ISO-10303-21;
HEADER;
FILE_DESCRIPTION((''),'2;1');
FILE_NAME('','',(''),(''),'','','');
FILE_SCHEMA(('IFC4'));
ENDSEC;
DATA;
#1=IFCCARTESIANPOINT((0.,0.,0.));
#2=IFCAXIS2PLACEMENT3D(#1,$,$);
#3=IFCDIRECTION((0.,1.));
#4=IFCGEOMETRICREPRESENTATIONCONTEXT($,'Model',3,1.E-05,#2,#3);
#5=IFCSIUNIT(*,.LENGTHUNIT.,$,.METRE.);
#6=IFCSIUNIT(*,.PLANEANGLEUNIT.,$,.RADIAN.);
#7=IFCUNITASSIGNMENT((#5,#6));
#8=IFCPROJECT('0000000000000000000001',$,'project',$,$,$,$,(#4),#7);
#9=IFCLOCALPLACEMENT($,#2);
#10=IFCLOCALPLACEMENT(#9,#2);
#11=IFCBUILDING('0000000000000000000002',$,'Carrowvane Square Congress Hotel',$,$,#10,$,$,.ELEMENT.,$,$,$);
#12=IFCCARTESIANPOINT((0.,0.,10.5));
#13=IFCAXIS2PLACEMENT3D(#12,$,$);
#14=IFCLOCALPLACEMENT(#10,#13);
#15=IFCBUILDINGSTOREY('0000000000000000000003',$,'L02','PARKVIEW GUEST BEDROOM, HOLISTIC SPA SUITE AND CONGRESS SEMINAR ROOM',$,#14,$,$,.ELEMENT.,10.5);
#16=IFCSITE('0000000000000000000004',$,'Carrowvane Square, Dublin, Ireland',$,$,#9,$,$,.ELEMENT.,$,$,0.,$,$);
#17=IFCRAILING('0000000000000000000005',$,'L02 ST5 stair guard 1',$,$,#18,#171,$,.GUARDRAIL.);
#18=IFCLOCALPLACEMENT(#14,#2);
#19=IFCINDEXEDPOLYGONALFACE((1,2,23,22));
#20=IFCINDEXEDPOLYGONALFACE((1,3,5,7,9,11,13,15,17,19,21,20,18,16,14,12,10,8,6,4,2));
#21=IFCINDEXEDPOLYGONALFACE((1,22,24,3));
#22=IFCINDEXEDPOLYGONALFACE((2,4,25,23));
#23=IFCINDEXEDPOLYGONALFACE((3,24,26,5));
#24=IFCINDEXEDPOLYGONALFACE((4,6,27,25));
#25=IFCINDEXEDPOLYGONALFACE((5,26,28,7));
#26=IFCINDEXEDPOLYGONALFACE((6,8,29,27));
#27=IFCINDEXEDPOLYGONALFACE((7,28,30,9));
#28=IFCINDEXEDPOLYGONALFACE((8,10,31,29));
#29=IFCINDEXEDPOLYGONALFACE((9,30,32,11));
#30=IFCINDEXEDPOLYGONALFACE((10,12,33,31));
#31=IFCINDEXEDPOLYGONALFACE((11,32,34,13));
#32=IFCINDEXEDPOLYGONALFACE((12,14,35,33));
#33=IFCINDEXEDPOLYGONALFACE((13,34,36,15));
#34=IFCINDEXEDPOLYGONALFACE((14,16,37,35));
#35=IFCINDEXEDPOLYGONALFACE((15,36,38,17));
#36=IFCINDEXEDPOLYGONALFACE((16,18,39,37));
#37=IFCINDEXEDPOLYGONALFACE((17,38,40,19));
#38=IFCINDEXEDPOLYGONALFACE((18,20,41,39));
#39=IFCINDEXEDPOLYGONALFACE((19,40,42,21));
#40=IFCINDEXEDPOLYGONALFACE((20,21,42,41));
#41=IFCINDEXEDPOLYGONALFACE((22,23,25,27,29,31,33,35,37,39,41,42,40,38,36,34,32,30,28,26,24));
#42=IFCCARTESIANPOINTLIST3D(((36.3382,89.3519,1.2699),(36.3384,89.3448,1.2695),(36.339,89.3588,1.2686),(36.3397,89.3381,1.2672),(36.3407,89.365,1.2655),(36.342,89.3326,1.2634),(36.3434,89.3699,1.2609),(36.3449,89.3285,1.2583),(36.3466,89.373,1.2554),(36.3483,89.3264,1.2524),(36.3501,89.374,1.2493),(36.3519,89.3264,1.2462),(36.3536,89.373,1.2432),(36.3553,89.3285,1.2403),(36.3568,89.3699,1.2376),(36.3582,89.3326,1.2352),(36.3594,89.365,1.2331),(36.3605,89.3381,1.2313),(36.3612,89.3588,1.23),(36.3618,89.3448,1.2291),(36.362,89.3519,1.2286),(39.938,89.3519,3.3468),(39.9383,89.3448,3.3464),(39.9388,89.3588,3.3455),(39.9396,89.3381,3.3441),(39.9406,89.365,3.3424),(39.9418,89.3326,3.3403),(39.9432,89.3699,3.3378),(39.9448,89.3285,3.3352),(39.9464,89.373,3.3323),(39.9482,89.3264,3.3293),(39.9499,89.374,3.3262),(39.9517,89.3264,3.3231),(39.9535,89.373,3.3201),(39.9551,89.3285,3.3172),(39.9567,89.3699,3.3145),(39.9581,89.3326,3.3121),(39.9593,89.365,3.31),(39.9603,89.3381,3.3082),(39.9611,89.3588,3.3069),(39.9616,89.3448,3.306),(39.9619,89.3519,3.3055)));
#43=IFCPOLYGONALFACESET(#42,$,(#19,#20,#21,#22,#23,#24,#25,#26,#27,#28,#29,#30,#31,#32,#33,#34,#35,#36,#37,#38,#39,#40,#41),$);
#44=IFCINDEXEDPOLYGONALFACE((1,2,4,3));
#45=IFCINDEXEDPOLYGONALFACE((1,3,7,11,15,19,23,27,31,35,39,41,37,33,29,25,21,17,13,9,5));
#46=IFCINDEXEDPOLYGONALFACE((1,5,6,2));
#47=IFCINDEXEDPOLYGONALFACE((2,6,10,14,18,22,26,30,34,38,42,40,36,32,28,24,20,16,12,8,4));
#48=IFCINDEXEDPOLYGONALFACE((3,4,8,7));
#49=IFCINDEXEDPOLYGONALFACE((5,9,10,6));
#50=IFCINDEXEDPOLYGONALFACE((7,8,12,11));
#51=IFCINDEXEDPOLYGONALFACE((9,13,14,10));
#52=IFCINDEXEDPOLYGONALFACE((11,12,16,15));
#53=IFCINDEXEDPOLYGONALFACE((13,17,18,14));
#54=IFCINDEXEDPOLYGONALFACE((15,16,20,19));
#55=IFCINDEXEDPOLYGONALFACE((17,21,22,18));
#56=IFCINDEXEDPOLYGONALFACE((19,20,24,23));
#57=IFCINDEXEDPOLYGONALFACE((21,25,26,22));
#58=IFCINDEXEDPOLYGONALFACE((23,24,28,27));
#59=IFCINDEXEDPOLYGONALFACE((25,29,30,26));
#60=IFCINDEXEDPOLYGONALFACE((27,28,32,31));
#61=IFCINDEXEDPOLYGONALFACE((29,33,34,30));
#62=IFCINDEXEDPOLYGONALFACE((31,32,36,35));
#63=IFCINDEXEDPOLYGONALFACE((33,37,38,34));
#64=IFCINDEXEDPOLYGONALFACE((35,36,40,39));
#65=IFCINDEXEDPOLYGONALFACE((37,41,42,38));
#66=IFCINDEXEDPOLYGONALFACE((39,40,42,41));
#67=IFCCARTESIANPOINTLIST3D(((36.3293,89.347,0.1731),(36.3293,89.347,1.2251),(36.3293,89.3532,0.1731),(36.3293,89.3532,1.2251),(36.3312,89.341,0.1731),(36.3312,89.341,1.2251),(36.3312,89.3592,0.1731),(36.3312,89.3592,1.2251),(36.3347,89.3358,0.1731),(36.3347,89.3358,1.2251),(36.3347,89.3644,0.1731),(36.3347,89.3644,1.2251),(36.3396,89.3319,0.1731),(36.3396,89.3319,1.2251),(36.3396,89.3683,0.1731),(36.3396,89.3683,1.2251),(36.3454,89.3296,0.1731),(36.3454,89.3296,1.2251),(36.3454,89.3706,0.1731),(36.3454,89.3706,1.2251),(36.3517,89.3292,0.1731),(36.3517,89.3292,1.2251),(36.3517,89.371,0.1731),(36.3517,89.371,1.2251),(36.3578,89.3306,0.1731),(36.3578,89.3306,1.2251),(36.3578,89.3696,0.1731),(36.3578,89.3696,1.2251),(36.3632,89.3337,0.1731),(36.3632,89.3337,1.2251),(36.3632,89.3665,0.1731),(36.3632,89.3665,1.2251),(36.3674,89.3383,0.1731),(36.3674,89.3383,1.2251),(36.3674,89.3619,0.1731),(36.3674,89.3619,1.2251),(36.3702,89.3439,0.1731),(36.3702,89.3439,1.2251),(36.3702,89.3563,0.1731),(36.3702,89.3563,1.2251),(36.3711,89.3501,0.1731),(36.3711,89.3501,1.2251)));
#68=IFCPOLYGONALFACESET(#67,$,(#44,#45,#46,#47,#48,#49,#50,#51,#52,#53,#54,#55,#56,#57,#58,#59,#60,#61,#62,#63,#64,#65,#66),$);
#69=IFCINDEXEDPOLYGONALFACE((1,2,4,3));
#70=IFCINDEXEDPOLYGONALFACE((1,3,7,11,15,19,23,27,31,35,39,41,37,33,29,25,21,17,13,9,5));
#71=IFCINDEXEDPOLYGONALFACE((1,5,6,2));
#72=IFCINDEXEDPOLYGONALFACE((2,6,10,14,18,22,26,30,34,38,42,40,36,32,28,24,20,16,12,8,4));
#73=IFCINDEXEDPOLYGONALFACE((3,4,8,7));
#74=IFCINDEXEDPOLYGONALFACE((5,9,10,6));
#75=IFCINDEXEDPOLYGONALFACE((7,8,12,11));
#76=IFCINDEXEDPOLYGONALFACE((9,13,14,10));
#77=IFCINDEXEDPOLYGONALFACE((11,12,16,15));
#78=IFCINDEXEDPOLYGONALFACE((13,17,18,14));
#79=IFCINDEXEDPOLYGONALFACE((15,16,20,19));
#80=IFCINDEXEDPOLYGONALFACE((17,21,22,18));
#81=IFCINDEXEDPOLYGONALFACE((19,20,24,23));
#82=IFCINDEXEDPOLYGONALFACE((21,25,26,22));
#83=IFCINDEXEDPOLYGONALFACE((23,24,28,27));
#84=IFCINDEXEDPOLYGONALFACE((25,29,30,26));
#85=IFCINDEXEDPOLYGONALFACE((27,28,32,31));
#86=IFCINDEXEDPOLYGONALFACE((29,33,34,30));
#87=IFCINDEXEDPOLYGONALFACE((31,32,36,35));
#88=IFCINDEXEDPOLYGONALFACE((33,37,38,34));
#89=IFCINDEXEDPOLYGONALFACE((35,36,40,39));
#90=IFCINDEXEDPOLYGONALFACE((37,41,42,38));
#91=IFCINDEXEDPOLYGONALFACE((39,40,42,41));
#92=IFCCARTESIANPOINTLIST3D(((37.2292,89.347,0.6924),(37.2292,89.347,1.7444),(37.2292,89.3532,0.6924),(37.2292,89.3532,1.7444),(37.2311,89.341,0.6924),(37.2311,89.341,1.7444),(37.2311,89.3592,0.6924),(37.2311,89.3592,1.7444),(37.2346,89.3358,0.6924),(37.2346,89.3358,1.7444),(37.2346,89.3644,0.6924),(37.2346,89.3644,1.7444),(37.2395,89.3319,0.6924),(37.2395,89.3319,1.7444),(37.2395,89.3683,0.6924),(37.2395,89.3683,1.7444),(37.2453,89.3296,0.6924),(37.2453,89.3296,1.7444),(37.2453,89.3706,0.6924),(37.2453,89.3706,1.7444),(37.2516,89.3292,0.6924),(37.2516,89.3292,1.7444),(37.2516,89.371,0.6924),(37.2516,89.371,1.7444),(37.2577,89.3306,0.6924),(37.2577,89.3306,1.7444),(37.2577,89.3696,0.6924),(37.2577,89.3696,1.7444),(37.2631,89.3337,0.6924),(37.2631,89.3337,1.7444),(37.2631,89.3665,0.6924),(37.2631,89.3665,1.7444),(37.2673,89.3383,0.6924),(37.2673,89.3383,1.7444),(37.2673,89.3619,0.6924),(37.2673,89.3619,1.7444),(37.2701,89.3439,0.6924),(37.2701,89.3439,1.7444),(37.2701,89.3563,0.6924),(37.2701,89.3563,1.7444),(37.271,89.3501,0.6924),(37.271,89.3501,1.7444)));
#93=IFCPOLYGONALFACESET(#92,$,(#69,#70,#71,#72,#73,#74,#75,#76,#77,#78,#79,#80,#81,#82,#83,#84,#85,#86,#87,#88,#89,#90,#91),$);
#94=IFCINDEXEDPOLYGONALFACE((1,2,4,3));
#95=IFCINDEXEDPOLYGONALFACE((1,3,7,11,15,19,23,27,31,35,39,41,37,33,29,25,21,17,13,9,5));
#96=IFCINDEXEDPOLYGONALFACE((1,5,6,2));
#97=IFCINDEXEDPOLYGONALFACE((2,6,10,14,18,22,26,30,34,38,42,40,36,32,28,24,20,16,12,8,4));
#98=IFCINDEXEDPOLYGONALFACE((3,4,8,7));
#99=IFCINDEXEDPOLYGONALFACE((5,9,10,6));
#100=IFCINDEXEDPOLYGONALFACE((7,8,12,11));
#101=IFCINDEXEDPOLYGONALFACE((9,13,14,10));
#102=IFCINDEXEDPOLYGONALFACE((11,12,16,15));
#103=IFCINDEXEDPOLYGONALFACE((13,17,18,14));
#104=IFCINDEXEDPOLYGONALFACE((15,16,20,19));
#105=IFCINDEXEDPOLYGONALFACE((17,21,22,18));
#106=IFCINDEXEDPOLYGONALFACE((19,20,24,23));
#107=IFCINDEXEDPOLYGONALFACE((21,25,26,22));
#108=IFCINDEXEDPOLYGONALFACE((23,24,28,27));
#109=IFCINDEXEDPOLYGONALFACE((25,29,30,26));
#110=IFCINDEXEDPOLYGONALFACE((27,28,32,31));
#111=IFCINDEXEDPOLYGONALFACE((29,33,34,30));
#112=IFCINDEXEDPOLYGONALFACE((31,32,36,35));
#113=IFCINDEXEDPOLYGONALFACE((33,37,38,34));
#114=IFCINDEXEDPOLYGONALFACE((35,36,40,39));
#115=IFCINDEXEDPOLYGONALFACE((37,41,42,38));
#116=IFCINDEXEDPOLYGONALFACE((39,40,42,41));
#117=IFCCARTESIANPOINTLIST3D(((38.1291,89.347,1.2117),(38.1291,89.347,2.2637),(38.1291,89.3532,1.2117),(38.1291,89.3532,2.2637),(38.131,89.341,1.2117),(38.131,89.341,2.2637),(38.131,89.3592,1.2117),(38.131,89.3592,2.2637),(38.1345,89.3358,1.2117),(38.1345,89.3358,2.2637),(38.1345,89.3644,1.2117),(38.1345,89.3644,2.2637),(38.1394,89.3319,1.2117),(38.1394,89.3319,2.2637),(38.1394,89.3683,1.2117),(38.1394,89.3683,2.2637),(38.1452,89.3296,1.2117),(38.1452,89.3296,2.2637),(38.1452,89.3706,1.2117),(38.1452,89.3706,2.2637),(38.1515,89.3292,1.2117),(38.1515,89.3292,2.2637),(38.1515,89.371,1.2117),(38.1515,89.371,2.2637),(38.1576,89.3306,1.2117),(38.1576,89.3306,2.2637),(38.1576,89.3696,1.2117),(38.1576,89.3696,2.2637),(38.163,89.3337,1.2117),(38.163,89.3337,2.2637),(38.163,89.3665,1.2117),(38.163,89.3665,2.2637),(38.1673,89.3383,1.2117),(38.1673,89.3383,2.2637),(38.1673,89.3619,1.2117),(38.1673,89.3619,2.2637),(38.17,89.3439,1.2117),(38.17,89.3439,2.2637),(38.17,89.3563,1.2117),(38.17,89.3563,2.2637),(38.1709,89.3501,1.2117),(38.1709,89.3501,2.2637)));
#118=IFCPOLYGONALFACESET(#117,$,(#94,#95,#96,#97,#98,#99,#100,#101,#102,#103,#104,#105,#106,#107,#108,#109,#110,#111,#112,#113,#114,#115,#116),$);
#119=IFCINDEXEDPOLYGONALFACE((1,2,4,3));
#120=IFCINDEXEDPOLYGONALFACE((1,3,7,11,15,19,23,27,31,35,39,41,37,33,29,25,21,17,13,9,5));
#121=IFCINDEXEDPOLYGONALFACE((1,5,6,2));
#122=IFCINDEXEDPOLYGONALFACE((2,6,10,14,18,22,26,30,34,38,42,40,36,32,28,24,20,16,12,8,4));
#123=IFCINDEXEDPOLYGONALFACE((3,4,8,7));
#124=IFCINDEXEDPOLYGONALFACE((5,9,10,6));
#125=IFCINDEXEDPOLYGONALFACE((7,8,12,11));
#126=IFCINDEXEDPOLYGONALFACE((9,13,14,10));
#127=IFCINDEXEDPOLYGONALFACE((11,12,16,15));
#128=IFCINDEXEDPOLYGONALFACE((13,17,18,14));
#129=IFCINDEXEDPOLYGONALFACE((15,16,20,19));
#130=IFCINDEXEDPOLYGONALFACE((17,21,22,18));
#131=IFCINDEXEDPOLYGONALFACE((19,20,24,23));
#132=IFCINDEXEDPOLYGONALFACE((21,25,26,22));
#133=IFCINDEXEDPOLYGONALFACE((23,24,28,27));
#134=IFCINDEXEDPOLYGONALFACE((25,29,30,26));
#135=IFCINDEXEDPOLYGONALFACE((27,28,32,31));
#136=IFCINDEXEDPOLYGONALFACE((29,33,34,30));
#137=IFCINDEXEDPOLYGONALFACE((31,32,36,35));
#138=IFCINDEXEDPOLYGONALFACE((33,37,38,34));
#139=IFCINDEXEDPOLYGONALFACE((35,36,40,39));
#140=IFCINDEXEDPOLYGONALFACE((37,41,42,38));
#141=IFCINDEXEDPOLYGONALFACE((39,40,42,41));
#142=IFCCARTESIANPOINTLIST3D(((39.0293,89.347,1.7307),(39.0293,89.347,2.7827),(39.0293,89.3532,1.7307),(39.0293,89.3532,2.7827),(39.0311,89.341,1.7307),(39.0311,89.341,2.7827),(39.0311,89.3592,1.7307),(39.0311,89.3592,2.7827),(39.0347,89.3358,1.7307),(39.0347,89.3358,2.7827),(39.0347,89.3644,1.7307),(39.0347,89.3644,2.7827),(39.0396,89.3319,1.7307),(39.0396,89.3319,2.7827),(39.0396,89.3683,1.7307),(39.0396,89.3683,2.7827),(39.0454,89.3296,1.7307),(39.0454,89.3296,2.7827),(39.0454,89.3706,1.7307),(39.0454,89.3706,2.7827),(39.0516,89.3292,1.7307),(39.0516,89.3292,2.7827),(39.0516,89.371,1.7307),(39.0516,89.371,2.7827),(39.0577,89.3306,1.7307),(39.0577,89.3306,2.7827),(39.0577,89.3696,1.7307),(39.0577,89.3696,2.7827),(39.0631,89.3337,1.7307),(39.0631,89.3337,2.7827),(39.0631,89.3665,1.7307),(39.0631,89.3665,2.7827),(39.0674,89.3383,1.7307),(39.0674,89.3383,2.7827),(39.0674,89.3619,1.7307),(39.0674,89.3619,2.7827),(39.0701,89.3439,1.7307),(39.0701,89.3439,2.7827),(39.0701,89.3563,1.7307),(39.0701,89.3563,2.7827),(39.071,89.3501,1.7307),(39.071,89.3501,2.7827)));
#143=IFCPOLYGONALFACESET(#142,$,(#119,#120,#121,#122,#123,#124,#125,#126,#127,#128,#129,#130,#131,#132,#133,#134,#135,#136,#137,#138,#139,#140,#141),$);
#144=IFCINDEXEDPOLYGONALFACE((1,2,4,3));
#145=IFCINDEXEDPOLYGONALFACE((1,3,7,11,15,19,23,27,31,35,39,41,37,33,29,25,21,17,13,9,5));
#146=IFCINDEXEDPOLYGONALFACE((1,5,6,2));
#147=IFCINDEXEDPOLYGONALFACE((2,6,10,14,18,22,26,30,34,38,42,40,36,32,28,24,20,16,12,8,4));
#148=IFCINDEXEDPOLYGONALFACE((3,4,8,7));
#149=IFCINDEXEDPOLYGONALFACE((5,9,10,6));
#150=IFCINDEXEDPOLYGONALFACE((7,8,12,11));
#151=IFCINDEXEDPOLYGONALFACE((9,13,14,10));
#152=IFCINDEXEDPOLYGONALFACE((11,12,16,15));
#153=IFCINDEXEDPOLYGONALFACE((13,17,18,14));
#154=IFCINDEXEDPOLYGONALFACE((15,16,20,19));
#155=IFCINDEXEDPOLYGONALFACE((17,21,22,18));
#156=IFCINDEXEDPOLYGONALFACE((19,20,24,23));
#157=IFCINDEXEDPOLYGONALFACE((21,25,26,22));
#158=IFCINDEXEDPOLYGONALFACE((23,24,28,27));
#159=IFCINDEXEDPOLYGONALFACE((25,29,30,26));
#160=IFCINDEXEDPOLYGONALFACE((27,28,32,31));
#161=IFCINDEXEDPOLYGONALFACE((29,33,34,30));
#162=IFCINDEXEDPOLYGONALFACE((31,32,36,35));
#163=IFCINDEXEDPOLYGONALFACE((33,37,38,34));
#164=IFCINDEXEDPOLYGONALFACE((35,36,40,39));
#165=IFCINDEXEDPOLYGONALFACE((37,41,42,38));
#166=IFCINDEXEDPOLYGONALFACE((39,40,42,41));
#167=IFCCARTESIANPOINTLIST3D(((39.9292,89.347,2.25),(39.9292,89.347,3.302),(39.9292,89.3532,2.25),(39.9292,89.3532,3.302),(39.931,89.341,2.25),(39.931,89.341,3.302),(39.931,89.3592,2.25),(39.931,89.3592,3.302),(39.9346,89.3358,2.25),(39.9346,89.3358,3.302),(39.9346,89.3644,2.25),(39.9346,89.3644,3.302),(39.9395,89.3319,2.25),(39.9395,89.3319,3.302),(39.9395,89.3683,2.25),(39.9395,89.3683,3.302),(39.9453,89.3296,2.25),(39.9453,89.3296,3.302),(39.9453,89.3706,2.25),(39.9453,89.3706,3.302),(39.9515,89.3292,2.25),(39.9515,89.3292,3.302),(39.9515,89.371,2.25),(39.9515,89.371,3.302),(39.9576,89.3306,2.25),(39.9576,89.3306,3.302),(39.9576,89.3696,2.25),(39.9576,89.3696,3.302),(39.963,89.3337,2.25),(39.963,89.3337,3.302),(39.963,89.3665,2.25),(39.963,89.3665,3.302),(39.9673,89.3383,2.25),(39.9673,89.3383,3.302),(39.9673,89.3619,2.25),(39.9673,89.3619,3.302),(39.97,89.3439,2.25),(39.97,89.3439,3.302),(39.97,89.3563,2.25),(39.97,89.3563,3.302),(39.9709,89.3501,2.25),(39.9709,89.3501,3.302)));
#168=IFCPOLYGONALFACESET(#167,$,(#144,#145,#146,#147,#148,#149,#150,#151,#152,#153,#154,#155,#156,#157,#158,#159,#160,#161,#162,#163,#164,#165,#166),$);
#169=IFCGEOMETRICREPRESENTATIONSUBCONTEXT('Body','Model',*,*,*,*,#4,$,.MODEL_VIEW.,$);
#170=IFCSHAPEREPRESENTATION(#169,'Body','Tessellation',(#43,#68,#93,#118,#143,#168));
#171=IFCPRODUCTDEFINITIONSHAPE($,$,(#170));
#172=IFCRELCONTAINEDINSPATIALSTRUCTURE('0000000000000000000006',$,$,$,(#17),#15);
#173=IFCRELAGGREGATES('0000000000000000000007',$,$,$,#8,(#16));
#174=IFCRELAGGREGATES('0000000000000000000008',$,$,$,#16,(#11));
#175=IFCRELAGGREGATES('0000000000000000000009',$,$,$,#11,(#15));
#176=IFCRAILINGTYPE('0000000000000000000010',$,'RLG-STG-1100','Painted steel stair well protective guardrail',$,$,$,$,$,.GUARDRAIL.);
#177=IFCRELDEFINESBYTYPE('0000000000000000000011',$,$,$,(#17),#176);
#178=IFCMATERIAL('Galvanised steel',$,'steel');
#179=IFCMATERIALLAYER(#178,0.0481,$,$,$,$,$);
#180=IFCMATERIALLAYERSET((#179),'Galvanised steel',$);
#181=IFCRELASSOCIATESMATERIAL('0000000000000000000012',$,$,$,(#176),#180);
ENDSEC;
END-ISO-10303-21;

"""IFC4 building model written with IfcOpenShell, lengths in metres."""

from ifc_helpers import new_model, si_unit, direction, frame, origin, origin_2d, place, context, subcontext, project, spatial, circle, extrude, material, layer, layer_set, type_object, element, save


model = new_model("IFC4")

# Units and contexts
model_context = context("Model", 3, precision=1e-05, world=origin(), true_north=direction((0.0, 1.0)))
body_context = subcontext(model_context, "Body", "Model", "MODEL_VIEW")
ifc_project = project(units=[si_unit("LENGTHUNIT", "METRE"), si_unit("PLANEANGLEUNIT", "RADIAN")], contexts=[model_context])

# Site, building, storey
site_placement = place(None, origin())
site = spatial("IfcSite", under=ifc_project, at=site_placement, Name="Carrowvane Square, Dublin, Ireland", CompositionType="ELEMENT", RefElevation=0.0)
building_placement = place(site_placement, origin())
building = spatial("IfcBuilding", under=site, at=building_placement, Name="Carrowvane Square Congress Hotel", CompositionType="ELEMENT")
storey_placement = place(building_placement, frame((0.0, 0.0, 10.5)))
storey = spatial("IfcBuildingStorey", under=building, at=storey_placement, Name="L02", Description="PARKVIEW GUEST BEDROOM, HOLISTIC SPA SUITE AND CONGRESS SEMINAR ROOM", CompositionType="ELEMENT", Elevation=10.5)

# Railing
ifc_material_1 = material(Name="Galvanised steel", Category="steel")
ifc_layer_1 = layer(ifc_material_1, 0.0481)
ifc_layer_set_1 = layer_set([ifc_layer_1], Name="Galvanised steel")
railing_type_1 = type_object("IfcRailingType", Name="RLG-STG-1100", Description="Painted steel stair well protective guardrail", PredefinedType="GUARDRAIL", material=ifc_layer_set_1)
railing_1_placement = place(storey_placement, frame((36.3501, 89.3501, 0.1731)))
element("IfcRailing", 1, at=railing_1_placement, inside=storey, type_object=railing_type_1, Name="L02 ST5 stair guard 1", PredefinedType="GUARDRAIL", context=body_context, shape_type="SweptSolid", body=[
    extrude(circle(Radius=0.0239, at=origin_2d()), frame((0.0, 0.0, 1.0762), z_axis=(0.866179, 0.0, 0.499734), x_axis=(0.0, 1.0, 0.0)), (0.0, 0.0, 1.0), 4.156),
    extrude(circle(Radius=0.021, at=origin_2d()), origin(), (0.0, 0.0, 1.0), 1.052),
    extrude(circle(Radius=0.021, at=origin_2d()), frame((0.8999, 0.0, 0.5193)), (0.0, 0.0, 1.0), 1.052),
    extrude(circle(Radius=0.021, at=origin_2d()), frame((1.7998, 0.0, 1.0386)), (0.0, 0.0, 1.0), 1.052),
    extrude(circle(Radius=0.021, at=origin_2d()), frame((2.7, 0.0, 1.5576)), (0.0, 0.0, 1.0), 1.052),
    extrude(circle(Radius=0.021, at=origin_2d()), frame((3.5999, 0.0, 2.0769)), (0.0, 0.0, 1.0), 1.052),
])

save(model, "model.ifc")
